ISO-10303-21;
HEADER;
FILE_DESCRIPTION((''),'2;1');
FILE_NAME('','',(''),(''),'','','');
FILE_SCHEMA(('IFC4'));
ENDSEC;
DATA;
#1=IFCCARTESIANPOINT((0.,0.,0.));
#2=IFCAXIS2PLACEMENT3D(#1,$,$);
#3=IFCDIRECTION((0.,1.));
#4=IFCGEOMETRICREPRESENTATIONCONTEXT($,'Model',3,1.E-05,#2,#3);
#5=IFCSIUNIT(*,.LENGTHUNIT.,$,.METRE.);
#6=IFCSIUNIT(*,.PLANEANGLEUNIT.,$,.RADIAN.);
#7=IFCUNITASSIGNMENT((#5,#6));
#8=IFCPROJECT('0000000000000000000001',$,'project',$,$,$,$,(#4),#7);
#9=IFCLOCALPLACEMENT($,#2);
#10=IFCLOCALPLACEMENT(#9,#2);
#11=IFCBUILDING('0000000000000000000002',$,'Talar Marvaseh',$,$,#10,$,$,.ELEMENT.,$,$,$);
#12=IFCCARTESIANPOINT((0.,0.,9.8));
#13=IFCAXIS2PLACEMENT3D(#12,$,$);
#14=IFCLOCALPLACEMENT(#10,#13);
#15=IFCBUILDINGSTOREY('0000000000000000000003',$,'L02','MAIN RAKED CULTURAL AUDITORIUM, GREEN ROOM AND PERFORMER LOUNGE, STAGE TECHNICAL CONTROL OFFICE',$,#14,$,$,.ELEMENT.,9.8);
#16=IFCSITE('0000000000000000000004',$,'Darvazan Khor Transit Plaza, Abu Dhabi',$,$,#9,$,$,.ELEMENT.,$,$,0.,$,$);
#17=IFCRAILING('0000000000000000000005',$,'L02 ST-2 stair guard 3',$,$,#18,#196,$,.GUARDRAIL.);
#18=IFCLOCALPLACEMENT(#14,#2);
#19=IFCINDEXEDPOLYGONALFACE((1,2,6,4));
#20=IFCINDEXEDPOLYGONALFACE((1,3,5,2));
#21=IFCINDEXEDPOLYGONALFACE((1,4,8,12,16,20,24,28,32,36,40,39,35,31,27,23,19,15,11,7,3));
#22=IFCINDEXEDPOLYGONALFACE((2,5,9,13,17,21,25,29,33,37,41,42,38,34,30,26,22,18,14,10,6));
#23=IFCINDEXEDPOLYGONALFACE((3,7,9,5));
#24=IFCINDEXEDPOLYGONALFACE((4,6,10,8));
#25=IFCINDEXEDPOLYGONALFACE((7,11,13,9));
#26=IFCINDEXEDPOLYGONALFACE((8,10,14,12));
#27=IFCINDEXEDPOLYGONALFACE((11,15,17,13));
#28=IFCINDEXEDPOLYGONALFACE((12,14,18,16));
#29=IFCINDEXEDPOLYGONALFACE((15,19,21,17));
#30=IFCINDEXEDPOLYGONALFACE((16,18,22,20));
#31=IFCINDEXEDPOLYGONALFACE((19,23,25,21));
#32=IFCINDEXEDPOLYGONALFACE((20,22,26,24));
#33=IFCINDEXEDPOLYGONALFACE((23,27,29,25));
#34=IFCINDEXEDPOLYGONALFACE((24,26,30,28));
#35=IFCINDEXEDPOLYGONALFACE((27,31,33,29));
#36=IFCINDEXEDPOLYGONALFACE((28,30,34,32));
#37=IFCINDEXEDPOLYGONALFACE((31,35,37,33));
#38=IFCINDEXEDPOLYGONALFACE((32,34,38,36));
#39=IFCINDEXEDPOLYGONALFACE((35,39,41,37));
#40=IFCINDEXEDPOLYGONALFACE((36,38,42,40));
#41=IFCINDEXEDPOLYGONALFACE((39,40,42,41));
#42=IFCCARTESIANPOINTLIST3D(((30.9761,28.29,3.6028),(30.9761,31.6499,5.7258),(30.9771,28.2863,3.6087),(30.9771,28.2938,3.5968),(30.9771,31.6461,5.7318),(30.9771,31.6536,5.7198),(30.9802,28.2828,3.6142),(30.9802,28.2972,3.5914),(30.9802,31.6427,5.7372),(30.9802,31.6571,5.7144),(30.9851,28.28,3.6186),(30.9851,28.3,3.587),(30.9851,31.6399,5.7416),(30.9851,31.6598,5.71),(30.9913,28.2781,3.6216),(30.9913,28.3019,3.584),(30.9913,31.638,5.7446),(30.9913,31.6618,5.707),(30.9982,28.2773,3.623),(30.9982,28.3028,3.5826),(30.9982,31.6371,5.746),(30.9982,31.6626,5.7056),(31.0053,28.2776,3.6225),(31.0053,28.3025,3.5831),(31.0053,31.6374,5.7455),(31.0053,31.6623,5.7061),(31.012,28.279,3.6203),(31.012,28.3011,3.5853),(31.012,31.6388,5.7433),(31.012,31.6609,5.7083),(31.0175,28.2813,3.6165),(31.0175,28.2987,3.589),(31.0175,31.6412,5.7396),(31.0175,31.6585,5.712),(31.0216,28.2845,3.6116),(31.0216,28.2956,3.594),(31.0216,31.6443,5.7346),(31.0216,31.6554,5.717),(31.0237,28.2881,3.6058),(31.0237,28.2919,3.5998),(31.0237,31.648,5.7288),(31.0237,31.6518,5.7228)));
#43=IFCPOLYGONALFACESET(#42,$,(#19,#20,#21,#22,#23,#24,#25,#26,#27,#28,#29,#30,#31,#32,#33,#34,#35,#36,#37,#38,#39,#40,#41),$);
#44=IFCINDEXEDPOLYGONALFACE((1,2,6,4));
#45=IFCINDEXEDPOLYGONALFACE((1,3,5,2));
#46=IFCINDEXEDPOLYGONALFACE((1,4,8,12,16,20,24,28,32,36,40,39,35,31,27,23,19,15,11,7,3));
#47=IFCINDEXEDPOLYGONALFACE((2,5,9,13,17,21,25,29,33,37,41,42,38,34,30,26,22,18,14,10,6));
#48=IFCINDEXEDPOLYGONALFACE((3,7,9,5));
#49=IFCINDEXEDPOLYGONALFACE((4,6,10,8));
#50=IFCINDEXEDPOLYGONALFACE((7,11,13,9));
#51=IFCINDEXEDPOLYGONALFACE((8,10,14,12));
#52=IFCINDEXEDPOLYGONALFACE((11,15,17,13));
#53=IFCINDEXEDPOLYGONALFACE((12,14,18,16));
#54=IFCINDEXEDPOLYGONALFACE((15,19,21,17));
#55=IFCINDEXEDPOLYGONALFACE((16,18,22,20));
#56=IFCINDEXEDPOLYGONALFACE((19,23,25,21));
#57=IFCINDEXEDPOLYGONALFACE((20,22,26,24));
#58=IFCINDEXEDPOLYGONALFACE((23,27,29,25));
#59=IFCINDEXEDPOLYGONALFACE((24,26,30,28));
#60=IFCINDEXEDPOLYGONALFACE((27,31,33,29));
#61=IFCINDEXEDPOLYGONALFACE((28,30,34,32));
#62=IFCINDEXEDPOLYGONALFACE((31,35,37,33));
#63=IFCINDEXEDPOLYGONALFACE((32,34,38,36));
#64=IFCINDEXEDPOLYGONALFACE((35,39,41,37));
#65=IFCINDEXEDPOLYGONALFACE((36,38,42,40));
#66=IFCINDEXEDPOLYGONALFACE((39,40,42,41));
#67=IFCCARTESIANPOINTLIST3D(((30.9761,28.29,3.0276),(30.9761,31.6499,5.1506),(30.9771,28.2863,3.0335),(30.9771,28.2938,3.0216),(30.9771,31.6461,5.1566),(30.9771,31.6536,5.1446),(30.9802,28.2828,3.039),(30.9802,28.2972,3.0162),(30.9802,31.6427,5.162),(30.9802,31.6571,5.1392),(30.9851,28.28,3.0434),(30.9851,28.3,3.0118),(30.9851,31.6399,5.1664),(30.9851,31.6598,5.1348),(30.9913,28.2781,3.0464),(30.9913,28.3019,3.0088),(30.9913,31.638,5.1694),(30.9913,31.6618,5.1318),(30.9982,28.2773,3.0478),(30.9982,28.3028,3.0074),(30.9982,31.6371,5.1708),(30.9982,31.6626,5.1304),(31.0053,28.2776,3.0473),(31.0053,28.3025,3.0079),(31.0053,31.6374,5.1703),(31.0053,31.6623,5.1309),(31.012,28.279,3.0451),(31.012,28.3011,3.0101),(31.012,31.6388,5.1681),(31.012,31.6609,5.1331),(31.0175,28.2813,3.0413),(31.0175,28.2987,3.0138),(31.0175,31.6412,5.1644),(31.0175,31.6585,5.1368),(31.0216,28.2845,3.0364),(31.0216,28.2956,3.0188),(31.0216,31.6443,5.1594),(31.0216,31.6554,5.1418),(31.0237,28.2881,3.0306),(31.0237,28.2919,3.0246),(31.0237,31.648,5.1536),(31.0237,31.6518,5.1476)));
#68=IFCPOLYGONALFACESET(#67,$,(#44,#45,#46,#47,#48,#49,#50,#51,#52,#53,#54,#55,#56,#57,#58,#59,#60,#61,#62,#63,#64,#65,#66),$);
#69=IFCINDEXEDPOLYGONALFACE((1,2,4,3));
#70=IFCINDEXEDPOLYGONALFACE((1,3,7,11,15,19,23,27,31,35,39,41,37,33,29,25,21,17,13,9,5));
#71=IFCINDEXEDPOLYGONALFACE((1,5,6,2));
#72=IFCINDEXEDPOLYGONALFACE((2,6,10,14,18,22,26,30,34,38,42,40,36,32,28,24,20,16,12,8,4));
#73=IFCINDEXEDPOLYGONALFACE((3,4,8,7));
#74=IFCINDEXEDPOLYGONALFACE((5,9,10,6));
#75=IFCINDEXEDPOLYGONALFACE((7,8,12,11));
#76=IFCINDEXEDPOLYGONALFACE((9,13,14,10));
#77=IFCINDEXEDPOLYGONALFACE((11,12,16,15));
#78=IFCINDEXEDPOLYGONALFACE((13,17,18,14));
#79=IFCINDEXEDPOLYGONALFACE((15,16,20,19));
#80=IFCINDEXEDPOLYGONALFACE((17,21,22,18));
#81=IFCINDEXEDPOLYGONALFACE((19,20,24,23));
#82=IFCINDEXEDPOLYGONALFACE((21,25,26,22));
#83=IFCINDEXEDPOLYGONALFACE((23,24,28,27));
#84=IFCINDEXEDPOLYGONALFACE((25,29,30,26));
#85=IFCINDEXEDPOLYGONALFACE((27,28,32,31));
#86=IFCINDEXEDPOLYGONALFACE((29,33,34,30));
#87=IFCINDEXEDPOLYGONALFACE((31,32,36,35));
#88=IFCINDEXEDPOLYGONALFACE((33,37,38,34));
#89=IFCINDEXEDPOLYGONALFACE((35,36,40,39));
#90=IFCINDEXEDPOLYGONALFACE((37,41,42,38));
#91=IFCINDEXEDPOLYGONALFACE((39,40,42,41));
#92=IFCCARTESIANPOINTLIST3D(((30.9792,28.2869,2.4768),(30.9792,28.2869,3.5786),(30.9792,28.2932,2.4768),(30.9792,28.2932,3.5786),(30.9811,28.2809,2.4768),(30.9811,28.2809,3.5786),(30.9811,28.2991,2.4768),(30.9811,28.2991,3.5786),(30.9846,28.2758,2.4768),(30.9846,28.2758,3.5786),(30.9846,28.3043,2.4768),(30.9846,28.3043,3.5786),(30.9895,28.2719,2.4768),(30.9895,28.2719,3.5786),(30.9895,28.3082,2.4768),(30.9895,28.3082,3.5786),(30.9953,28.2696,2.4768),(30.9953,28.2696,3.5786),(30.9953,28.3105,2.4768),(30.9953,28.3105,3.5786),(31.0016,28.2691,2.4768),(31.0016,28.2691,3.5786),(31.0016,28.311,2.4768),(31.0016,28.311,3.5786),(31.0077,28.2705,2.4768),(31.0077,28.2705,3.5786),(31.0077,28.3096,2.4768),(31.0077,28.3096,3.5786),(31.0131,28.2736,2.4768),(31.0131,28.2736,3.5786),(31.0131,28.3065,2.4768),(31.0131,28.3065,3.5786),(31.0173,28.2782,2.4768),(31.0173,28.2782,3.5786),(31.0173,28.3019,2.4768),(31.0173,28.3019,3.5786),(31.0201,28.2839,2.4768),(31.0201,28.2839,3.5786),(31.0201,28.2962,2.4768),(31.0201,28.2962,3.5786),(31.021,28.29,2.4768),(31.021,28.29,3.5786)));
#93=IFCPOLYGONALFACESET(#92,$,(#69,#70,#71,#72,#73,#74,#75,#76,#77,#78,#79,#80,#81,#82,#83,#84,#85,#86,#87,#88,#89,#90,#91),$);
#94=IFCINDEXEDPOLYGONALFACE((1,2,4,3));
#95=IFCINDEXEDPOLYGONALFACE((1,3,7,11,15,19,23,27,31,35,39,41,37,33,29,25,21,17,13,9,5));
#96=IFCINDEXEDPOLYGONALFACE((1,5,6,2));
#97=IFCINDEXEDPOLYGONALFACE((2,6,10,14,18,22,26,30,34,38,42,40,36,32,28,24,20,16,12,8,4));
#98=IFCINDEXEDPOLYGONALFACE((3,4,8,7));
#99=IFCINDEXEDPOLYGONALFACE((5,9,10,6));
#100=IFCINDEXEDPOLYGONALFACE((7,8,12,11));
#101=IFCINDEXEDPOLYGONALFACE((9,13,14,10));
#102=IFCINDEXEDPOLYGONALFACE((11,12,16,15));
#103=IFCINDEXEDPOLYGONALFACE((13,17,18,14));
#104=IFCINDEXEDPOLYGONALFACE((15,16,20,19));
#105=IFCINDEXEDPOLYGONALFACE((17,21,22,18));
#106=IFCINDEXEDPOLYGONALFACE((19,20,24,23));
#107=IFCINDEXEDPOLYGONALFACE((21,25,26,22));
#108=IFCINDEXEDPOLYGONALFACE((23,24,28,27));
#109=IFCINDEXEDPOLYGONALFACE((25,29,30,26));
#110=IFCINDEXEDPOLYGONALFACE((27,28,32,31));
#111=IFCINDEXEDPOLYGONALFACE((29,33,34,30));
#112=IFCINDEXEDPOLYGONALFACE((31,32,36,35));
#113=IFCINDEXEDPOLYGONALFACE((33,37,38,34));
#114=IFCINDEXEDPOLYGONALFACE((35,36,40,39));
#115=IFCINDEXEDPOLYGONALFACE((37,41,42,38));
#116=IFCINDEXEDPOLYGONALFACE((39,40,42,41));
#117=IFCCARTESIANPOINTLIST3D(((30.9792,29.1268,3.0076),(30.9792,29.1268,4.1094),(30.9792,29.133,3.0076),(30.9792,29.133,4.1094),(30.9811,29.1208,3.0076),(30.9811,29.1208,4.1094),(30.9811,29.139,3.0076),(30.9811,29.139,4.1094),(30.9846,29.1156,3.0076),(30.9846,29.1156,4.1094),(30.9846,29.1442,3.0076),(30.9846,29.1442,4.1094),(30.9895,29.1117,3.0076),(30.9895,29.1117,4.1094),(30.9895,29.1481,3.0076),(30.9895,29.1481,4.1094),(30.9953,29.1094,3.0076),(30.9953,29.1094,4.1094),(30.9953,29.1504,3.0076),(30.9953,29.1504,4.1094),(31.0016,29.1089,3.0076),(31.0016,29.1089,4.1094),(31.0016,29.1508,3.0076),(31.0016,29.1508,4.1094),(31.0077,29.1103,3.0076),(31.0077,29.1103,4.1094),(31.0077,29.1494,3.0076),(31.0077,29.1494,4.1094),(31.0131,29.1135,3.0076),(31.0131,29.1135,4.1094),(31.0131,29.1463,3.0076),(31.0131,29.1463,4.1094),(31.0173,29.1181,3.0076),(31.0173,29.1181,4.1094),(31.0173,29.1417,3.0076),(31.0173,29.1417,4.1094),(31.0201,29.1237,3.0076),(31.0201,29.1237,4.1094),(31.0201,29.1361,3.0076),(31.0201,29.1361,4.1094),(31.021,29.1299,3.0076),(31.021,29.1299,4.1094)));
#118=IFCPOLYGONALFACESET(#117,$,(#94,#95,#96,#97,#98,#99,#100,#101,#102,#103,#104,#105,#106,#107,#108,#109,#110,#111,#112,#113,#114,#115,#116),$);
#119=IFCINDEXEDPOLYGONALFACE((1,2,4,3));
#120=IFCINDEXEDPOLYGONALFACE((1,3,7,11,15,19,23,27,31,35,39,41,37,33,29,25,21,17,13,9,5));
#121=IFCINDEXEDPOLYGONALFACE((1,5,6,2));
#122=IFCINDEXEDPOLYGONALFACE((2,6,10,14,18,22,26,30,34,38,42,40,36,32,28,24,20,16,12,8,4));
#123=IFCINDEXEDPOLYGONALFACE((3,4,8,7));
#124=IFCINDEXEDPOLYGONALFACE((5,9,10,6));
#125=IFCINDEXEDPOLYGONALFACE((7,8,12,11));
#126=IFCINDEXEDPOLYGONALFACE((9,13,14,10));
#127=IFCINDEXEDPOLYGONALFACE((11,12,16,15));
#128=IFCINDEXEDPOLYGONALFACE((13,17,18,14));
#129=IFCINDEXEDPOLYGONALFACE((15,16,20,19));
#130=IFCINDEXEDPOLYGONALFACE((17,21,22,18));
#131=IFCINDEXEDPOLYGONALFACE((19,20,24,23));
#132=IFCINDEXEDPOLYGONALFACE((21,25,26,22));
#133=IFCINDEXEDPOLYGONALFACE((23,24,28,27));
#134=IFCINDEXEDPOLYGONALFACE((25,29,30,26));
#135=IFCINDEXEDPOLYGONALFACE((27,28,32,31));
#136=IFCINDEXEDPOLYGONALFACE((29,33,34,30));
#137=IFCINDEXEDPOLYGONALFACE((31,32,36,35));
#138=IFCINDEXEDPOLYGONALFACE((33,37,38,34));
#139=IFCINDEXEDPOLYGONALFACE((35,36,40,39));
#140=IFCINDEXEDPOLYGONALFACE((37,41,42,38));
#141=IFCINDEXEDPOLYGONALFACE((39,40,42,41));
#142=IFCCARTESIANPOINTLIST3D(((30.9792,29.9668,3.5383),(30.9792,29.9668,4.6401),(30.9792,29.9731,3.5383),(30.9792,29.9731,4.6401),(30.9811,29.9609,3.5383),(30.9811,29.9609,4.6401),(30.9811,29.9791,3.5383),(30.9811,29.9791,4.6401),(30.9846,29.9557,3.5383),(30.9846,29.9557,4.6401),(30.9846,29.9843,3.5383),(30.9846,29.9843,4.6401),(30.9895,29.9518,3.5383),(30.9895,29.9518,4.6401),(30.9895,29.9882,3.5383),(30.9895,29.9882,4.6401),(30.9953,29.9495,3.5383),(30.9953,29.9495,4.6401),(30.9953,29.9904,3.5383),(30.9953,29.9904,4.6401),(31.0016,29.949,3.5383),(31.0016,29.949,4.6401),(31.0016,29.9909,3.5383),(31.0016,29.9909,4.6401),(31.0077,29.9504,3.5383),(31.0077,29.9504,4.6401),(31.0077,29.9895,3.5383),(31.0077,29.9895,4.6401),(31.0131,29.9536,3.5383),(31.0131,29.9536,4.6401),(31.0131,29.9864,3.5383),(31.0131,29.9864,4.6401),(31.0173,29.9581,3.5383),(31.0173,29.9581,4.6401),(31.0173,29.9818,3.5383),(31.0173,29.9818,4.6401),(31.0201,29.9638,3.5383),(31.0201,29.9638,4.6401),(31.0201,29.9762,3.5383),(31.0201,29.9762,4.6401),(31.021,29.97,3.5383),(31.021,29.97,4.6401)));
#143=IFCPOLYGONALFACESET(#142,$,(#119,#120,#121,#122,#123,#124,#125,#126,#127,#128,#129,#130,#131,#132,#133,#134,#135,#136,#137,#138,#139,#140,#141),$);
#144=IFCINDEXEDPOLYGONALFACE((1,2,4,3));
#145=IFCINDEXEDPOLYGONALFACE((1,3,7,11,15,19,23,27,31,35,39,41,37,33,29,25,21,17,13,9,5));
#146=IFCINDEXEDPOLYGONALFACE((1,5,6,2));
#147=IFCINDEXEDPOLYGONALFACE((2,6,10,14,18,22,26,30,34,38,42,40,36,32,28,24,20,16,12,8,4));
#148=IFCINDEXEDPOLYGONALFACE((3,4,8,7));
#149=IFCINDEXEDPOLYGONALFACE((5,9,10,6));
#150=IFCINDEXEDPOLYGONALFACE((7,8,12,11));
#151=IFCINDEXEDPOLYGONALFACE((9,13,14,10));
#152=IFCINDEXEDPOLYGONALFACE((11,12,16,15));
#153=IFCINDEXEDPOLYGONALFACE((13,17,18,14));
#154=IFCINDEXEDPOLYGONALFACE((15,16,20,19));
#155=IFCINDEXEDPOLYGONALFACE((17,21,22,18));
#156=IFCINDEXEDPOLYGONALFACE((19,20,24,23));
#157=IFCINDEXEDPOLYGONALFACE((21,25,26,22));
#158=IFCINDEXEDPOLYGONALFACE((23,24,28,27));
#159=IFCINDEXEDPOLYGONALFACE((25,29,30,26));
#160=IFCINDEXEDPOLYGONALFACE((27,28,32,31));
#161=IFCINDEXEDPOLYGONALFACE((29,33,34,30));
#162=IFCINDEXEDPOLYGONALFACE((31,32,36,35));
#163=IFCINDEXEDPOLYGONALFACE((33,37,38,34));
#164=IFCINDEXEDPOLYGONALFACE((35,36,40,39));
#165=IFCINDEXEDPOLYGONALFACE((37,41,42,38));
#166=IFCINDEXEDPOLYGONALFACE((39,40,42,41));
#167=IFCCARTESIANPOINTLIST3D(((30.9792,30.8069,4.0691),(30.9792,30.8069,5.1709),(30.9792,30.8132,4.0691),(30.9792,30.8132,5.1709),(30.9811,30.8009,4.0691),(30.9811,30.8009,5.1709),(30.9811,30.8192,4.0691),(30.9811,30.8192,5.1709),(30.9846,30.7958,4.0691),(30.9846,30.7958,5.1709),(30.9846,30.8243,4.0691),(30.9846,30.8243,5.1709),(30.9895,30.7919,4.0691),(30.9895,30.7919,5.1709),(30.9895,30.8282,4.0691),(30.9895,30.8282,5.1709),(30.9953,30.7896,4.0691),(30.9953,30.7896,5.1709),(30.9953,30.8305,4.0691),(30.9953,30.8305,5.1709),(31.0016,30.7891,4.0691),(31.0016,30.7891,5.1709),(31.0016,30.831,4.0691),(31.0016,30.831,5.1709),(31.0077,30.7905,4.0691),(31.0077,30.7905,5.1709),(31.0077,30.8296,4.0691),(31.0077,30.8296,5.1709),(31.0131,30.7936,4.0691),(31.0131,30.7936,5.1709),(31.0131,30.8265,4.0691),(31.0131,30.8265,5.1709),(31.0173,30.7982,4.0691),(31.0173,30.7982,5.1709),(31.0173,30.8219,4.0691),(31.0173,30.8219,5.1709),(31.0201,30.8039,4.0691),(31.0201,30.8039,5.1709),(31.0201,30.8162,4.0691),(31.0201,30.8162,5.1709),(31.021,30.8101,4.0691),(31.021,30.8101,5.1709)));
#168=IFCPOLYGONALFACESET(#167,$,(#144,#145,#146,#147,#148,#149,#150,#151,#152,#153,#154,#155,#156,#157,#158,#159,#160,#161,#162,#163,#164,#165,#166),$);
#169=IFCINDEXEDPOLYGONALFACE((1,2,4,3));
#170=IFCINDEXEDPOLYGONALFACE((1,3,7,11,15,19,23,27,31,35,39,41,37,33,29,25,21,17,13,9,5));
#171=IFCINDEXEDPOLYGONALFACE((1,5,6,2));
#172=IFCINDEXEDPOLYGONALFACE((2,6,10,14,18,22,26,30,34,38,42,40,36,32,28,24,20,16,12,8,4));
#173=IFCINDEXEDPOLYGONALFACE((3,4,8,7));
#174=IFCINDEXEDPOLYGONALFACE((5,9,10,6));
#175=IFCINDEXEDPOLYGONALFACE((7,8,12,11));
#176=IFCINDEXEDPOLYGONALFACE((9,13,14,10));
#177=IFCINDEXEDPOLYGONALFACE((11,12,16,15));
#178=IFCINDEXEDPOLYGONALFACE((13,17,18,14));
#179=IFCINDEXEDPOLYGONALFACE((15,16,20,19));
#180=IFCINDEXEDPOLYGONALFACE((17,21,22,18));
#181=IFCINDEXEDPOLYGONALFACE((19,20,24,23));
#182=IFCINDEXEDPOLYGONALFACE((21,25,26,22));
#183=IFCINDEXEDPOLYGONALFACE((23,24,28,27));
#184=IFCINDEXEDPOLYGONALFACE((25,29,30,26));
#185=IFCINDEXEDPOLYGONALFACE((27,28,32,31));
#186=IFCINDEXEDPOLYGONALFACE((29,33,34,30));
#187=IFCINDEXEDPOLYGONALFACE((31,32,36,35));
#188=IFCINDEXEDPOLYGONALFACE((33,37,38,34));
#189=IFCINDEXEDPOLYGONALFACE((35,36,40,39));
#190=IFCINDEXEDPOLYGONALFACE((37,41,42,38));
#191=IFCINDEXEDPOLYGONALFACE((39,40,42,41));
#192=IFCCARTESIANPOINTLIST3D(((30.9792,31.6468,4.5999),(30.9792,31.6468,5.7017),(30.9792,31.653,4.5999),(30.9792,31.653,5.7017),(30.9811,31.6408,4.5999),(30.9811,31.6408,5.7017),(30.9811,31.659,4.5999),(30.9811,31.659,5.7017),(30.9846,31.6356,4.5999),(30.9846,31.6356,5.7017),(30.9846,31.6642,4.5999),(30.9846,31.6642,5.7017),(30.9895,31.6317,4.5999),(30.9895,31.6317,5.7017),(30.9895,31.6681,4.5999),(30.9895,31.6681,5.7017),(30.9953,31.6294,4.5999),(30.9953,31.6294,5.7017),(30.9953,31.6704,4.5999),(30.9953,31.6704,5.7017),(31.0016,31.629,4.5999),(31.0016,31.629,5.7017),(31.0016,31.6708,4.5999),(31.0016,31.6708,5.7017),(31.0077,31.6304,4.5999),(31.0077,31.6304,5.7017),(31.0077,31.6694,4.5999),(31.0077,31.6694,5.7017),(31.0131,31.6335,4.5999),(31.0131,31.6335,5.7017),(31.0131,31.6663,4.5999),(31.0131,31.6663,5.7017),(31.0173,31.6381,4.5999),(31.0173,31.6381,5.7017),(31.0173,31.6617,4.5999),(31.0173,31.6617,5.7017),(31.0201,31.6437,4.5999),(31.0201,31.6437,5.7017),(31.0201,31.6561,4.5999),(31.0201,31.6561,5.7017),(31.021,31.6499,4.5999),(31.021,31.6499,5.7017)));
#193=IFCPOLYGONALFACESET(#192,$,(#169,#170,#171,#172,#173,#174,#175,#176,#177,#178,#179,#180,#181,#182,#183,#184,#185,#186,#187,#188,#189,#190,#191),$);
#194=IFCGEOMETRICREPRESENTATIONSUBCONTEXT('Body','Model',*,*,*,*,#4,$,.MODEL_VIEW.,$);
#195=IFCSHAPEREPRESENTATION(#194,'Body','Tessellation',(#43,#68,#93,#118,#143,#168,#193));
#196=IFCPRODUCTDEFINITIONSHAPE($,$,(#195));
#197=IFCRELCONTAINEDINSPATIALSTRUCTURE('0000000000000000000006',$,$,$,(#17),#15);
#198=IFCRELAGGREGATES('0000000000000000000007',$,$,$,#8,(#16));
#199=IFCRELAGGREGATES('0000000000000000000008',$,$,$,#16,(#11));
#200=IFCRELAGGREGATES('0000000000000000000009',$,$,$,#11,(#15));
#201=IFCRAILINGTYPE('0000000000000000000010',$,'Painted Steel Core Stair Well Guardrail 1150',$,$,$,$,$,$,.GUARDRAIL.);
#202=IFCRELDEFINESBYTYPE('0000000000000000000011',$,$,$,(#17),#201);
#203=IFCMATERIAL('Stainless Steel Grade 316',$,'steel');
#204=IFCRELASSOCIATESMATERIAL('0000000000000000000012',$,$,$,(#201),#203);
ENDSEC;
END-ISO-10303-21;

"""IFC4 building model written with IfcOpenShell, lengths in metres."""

from ifc_helpers import new_model, si_unit, direction, frame, origin, origin_2d, place, context, subcontext, project, spatial, circle, extrude, material, type_object, element, save


model = new_model("IFC4")

# Units and contexts
model_context = context("Model", 3, precision=1e-05, world=origin(), true_north=direction((0.0, 1.0)))
body_context = subcontext(model_context, "Body", "Model", "MODEL_VIEW")
ifc_project = project(units=[si_unit("LENGTHUNIT", "METRE"), si_unit("PLANEANGLEUNIT", "RADIAN")], contexts=[model_context])

# Site, building, storey
site_placement = place(None, origin())
site = spatial("IfcSite", under=ifc_project, at=site_placement, Name="Darvazan Khor Transit Plaza, Abu Dhabi", CompositionType="ELEMENT", RefElevation=0.0)
building_placement = place(site_placement, origin())
building = spatial("IfcBuilding", under=site, at=building_placement, Name="Talar Marvaseh", CompositionType="ELEMENT")
storey_placement = place(building_placement, frame((0.0, 0.0, 9.8)))
storey = spatial("IfcBuildingStorey", under=building, at=storey_placement, Name="L02", Description="MAIN RAKED CULTURAL AUDITORIUM, GREEN ROOM AND PERFORMER LOUNGE, STAGE TECHNICAL CONTROL OFFICE", CompositionType="ELEMENT", Elevation=9.8)

# Shared definitions
ifc_material_1 = material(Name="Stainless Steel Grade 316", Category="steel")

# Railing
railing_type_1 = type_object("IfcRailingType", Name="Painted Steel Core Stair Well Guardrail 1150", PredefinedType="GUARDRAIL", material=ifc_material_1)
railing_1_placement = place(storey_placement, frame((31.0, 28.29, 2.4768)))
element("IfcRailing", 1, at=railing_1_placement, inside=storey, type_object=railing_type_1, Name="L02 ST-2 stair guard 3", PredefinedType="GUARDRAIL", context=body_context, shape_type="SweptSolid", body=[
    extrude(circle(Radius=0.0239, at=origin_2d()), frame((0.0, 0.0, 1.126), z_axis=(0.0, 0.845372, 0.534178), x_axis=(-1.0, 0.0, 0.0)), (0.0, 0.0, 1.0), 3.9744),
    extrude(circle(Radius=0.0239, at=origin_2d()), frame((0.0, 0.0, 0.5508), z_axis=(0.0, 0.845372, 0.534178), x_axis=(-1.0, 0.0, 0.0)), (0.0, 0.0, 1.0), 3.9744),
    extrude(circle(Radius=0.021, at=origin_2d()), origin(), (0.0, 0.0, 1.0), 1.1018),
    extrude(circle(Radius=0.021, at=origin_2d()), frame((0.0, 0.8398, 0.5308)), (0.0, 0.0, 1.0), 1.1018),
    extrude(circle(Radius=0.021, at=origin_2d()), frame((0.0, 1.6799, 1.0615)), (0.0, 0.0, 1.0), 1.1018),
    extrude(circle(Radius=0.021, at=origin_2d()), frame((0.0, 2.52, 1.5923)), (0.0, 0.0, 1.0), 1.1018),
    extrude(circle(Radius=0.021, at=origin_2d()), frame((0.0, 3.3599, 2.123)), (0.0, 0.0, 1.0), 1.1018),
])

save(model, "model.ifc")
